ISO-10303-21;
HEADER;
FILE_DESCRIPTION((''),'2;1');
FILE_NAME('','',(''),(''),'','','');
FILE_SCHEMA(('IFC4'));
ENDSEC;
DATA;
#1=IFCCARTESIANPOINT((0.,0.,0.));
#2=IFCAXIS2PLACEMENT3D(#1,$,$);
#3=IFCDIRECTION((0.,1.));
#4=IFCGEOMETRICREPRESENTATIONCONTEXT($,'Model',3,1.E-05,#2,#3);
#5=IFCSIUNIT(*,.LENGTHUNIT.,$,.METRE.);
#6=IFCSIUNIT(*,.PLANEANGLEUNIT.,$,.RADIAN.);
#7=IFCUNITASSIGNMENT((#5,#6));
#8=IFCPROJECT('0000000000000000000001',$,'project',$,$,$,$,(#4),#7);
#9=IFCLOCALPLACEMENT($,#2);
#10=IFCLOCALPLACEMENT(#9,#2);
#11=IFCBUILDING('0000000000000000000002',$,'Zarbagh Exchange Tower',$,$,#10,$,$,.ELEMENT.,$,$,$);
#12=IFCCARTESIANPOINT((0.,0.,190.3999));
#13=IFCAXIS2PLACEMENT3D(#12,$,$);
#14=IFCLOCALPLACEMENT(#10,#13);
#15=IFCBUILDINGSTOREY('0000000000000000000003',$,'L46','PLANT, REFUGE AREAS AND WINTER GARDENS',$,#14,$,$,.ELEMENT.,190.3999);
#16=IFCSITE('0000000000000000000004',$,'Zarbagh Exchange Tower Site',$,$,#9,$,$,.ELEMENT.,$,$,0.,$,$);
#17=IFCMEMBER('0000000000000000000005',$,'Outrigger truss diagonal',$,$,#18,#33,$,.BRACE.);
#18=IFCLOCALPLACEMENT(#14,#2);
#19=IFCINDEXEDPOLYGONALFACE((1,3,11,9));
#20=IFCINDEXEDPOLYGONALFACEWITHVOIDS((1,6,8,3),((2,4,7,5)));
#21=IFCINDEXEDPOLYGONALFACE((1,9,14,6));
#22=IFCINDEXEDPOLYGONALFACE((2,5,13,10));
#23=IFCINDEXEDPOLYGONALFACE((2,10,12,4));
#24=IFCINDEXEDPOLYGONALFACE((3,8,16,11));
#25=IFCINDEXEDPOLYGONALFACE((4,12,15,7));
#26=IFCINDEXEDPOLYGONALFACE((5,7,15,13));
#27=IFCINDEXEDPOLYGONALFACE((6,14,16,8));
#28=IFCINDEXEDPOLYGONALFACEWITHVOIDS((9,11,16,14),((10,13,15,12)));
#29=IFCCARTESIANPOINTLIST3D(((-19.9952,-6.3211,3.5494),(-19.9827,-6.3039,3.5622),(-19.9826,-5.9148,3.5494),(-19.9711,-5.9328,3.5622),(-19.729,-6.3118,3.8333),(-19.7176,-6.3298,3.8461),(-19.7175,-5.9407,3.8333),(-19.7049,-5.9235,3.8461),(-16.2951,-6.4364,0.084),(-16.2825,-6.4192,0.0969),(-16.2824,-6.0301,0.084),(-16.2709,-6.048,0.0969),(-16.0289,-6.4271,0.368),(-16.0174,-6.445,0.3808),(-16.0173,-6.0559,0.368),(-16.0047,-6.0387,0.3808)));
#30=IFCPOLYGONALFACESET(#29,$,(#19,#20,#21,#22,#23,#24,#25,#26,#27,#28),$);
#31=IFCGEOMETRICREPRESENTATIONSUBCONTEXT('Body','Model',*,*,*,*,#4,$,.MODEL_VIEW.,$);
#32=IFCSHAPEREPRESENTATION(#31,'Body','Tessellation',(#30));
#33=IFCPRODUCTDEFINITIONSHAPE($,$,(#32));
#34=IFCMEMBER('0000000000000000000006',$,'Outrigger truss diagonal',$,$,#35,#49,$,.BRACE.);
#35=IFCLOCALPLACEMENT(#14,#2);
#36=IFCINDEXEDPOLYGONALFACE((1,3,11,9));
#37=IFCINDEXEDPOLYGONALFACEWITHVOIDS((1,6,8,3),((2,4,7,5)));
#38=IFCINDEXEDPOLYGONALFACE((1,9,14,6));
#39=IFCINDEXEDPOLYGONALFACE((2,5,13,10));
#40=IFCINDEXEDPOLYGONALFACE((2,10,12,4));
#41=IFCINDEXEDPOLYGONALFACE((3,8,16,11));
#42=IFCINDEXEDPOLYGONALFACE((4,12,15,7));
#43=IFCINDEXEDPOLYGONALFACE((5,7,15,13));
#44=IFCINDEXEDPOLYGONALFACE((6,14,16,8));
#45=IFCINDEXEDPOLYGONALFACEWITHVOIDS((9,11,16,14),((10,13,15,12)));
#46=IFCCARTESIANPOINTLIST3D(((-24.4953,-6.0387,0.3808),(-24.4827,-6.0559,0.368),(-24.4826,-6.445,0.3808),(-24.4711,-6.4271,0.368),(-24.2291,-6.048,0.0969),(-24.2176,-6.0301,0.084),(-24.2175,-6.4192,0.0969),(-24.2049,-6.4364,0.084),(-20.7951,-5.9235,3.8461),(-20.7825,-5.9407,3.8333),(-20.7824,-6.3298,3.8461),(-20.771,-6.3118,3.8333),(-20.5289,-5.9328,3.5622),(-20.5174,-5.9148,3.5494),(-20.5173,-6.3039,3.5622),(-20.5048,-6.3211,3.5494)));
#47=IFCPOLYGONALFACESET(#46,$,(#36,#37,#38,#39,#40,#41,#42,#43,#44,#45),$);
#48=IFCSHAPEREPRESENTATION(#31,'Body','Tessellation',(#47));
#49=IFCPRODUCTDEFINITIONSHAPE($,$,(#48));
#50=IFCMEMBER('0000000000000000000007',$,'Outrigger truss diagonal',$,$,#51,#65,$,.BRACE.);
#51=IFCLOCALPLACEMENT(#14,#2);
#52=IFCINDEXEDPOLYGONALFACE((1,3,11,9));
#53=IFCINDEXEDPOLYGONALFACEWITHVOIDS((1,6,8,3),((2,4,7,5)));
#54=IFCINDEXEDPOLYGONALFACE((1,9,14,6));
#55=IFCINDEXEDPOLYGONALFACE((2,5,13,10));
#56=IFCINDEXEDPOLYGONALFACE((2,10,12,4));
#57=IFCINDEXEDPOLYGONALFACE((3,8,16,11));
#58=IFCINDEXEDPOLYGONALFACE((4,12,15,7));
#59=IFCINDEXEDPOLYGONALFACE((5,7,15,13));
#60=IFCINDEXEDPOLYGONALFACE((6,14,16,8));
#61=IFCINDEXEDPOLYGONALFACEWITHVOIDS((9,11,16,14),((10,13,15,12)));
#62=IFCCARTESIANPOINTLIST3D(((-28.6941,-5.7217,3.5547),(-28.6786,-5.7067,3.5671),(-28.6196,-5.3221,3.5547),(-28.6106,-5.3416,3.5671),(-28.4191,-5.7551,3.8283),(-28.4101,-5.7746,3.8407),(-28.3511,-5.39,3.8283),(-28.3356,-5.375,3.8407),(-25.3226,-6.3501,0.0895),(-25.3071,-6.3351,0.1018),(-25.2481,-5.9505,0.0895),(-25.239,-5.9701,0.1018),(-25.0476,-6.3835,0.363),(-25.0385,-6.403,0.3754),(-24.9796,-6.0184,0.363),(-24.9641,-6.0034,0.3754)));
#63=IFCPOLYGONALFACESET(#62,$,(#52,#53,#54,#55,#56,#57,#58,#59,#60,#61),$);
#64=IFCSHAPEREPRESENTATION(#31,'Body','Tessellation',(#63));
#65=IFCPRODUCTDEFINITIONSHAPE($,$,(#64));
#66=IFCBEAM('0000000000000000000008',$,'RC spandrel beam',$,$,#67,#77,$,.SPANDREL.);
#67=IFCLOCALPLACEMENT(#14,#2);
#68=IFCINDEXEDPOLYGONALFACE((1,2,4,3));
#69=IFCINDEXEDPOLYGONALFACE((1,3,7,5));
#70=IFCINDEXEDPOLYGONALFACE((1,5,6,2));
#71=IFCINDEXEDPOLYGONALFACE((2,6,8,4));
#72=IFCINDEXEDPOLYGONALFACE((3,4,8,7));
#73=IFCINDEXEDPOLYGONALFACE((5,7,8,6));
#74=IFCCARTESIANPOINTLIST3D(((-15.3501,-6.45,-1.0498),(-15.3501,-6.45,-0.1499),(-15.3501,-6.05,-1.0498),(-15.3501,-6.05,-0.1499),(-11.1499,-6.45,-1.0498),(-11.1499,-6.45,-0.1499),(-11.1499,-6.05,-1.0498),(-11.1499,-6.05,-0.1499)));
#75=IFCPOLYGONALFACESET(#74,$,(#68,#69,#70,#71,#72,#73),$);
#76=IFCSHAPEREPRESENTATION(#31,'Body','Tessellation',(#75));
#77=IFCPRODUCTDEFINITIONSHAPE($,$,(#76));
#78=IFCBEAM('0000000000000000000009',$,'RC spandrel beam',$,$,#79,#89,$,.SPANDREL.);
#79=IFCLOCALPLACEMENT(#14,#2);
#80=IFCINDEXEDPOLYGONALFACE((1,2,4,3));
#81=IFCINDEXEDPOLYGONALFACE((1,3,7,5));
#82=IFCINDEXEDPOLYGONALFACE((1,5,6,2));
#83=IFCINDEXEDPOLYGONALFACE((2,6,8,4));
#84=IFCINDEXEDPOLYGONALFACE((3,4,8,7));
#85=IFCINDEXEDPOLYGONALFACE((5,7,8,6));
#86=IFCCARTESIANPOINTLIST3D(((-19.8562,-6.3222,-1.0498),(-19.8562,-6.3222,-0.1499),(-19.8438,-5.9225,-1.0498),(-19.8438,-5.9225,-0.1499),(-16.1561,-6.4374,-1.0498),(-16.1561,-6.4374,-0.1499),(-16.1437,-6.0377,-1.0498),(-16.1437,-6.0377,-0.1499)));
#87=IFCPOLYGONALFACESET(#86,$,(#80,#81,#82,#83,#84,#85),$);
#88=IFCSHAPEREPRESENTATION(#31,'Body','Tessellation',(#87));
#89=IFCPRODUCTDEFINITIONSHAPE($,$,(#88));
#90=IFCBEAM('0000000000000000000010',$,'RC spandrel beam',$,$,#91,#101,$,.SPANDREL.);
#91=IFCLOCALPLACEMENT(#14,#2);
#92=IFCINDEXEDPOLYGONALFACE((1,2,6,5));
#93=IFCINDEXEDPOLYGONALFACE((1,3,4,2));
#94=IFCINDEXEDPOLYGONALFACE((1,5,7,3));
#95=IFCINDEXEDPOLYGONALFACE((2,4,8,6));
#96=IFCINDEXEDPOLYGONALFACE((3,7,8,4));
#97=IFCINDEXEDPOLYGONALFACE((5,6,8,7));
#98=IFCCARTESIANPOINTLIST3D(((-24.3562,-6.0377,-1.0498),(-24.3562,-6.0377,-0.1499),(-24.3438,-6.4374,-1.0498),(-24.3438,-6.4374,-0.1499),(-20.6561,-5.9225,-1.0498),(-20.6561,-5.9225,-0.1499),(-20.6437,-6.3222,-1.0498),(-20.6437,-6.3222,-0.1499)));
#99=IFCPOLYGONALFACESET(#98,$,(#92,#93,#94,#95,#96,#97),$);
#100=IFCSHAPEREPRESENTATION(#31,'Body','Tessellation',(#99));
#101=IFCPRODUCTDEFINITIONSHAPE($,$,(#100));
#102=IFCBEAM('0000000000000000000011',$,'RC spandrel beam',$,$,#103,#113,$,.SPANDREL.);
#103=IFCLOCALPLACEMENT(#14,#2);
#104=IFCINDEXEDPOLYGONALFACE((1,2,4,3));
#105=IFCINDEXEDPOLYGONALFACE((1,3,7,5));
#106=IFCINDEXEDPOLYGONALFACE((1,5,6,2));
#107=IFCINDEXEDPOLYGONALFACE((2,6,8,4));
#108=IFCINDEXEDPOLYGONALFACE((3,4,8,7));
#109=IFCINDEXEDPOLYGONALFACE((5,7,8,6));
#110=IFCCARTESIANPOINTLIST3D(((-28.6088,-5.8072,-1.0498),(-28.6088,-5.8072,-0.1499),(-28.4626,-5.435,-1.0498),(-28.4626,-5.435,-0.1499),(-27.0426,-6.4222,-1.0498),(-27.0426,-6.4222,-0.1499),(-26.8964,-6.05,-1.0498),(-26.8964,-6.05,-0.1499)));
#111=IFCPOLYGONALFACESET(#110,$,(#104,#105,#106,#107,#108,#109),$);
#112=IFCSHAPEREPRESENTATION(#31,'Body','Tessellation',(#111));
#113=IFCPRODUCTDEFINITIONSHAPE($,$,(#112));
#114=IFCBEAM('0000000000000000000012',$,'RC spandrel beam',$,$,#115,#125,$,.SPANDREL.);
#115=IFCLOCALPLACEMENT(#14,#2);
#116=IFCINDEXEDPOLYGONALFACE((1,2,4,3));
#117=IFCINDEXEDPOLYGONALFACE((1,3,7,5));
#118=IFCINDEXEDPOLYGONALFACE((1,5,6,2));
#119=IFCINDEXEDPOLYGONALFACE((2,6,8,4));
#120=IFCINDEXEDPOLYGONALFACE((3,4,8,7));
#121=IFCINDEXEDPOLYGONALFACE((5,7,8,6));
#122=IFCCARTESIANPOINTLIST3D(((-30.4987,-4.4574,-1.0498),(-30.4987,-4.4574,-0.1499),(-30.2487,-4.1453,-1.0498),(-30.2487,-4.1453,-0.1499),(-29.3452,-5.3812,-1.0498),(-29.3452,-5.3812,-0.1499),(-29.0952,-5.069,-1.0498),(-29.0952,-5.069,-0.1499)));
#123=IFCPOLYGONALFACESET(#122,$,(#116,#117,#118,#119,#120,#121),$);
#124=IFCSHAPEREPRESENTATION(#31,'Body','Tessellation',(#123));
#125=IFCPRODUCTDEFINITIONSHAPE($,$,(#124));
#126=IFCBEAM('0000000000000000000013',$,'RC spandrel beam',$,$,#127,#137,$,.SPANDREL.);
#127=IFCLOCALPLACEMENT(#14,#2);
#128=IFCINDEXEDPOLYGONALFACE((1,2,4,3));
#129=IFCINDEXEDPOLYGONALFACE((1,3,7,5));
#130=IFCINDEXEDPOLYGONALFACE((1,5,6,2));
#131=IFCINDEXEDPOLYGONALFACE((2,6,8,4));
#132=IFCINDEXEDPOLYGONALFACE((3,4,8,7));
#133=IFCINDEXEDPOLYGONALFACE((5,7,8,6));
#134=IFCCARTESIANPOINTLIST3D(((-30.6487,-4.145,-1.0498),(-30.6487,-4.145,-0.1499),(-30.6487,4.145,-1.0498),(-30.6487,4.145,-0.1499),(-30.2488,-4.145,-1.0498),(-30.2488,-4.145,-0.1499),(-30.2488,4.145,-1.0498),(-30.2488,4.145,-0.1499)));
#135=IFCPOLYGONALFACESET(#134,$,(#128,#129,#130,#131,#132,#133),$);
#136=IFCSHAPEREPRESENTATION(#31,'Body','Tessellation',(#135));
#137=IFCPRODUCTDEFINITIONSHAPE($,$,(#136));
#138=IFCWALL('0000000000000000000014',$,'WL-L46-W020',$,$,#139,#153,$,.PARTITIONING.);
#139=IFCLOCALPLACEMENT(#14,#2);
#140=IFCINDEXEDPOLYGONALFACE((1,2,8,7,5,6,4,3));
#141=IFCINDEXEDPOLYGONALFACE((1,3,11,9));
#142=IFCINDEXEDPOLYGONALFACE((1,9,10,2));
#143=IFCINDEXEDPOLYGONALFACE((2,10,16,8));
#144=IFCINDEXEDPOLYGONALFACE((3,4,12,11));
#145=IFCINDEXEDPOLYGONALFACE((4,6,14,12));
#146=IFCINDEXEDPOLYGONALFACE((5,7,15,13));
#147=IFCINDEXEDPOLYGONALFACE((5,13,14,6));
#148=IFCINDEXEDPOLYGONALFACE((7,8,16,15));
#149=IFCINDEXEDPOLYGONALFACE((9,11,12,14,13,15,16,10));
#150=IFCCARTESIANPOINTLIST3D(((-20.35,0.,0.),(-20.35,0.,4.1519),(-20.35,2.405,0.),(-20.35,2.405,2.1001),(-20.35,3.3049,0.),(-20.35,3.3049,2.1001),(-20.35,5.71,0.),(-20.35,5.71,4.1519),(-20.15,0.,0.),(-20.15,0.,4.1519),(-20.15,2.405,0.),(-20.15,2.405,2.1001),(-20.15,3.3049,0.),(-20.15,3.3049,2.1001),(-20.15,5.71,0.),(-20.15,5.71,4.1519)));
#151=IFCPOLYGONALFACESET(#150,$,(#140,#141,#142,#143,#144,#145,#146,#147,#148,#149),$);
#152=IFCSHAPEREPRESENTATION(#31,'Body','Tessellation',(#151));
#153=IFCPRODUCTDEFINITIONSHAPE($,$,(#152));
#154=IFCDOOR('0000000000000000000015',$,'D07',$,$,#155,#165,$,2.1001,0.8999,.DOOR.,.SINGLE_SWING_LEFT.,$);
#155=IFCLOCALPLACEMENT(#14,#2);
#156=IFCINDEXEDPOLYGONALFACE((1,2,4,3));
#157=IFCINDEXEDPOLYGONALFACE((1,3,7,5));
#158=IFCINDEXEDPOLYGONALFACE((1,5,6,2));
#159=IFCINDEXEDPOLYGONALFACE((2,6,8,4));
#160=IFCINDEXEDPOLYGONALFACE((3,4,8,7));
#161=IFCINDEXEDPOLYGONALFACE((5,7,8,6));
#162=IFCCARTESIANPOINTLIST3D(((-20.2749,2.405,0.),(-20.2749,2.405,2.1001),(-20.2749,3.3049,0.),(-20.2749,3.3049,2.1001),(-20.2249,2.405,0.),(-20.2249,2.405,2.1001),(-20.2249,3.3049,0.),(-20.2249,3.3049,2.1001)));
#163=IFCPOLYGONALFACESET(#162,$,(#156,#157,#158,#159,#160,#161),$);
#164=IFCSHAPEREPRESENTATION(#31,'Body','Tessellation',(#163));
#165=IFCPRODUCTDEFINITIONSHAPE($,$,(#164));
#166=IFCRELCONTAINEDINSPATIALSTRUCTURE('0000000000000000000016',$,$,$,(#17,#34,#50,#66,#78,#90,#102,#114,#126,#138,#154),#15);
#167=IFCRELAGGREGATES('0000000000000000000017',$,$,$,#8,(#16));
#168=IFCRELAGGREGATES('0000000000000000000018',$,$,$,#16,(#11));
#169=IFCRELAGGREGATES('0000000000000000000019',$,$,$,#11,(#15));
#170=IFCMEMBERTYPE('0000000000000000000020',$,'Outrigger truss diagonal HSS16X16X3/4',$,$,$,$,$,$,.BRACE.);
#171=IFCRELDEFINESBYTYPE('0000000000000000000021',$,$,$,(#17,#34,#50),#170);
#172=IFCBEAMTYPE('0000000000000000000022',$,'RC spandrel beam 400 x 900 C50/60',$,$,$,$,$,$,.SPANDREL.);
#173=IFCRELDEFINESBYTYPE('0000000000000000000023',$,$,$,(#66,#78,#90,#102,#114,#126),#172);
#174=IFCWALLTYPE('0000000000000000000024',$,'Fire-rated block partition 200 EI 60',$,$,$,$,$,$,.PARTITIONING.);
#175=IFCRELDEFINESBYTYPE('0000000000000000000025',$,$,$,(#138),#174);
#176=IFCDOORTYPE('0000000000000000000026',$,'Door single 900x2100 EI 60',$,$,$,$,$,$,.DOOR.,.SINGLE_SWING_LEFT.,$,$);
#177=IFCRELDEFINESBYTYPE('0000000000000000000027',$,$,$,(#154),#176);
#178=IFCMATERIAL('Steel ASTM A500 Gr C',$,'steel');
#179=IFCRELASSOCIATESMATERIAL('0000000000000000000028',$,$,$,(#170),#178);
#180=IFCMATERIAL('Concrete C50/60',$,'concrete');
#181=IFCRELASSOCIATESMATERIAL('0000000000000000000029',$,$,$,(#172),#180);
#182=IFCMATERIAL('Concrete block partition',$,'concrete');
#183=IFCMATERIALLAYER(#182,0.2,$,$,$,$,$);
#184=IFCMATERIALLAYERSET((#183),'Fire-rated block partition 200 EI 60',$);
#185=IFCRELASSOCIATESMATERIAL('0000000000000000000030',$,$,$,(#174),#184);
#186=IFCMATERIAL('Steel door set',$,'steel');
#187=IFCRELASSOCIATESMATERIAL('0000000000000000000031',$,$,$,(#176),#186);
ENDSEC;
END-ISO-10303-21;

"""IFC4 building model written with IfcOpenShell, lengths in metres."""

from ifc_helpers import new_model, si_unit, direction, frame, frame_2d, origin, origin_2d, place, context, subcontext, project, spatial, rectangle, hollow_rectangle, extrude, material, layer, layer_set, material_profile, profile_set, type_object, element, fill, save


model = new_model("IFC4")

# Units and contexts
model_context = context("Model", 3, precision=1e-05, world=origin(), true_north=direction((0.0, 1.0)))
body_context = subcontext(model_context, "Body", "Model", "MODEL_VIEW")
ifc_project = project(units=[si_unit("LENGTHUNIT", "METRE"), si_unit("PLANEANGLEUNIT", "RADIAN")], contexts=[model_context])

# Site, building, storey
site_placement = place(None, origin())
site = spatial("IfcSite", under=ifc_project, at=site_placement, Name="Zarbagh Exchange Tower Site", CompositionType="ELEMENT", RefElevation=0.0)
building_placement = place(site_placement, origin())
building = spatial("IfcBuilding", under=site, at=building_placement, Name="Zarbagh Exchange Tower", CompositionType="ELEMENT")
storey_placement = place(building_placement, frame((0.0, 0.0, 190.3999)))
storey = spatial("IfcBuildingStorey", under=building, at=storey_placement, Name="L46", Description="PLANT, REFUGE AREAS AND WINTER GARDENS", CompositionType="ELEMENT", Elevation=190.3999)

# Shared definitions
ifc_material_1 = material(Name="Concrete C50/60", Category="concrete")

# Members
ifc_material_2 = material(Name="Steel ASTM A500 Gr C", Category="steel")
ifc_material_profile_1 = material_profile(ifc_material_2, hollow_rectangle(XDim=0.4065, YDim=0.4065, WallThickness=0.0176, at=origin_2d()), Name="HSS16X16X3/4")
ifc_profile_set_1 = profile_set([ifc_material_profile_1], Name="Steel ASTM A500 Gr C")
member_type_1 = type_object("IfcMemberType", Name="Outrigger truss diagonal HSS16X16X3/4", PredefinedType="BRACE", material=ifc_profile_set_1)
for number, where, z_axis, x_axis, name in (
    (1, (-16.1499, -6.2375, 0.2324), (-0.729703, 0.022725, 0.683386), (-0.031128, -0.999515, 0.0), "Outrigger truss diagonal"),
    (2, (-24.3501, -6.2375, 0.2324), (0.729703, 0.022725, 0.683386), (-0.031128, 0.999515, 0.0), "Outrigger truss diagonal"),
):
    element("IfcMember", number, at=place(storey_placement, frame(where, z_axis=z_axis, x_axis=x_axis)), inside=storey, type_object=member_type_1, Name=name, PredefinedType="BRACE", context=body_context, shape_type="SweptSolid", body=[
        extrude(hollow_rectangle(XDim=0.4065, YDim=0.4065, WallThickness=0.0176, at=origin_2d()), origin(), (0.0, 0.0, 1.0), 5.0708),
    ])
member_placement = place(storey_placement, frame((-25.1433, -6.1768, 0.2324), z_axis=(-0.691528, 0.128892, 0.710757), x_axis=(-0.183231, -0.98307, 0.0)))
element("IfcMember", 3, at=member_placement, inside=storey, type_object=member_type_1, Name="Outrigger truss diagonal", PredefinedType="BRACE", context=body_context, shape_type="SweptSolid", body=[
    extrude(hollow_rectangle(XDim=0.4065, YDim=0.4065, WallThickness=0.0176, at=origin_2d()), origin(), (0.0, 0.0, 1.0), 4.8755),
])

# Beams
ifc_material_profile_2 = material_profile(ifc_material_1, rectangle(XDim=0.3999, YDim=0.8999, at=origin_2d()), Name="RC spandrel beam 400 x 900 C50/60")
ifc_profile_set_2 = profile_set([ifc_material_profile_2], Name="Concrete C50/60")
beam_type_1 = type_object("IfcBeamType", Name="RC spandrel beam 400 x 900 C50/60", PredefinedType="SPANDREL", material=ifc_profile_set_2)
beam_1_placement = place(storey_placement, frame((-11.1499, -6.25, -0.5999), z_axis=(-1.0, 0.0, 0.0), x_axis=(0.0, -1.0, 0.0)))
element("IfcBeam", 4, at=beam_1_placement, inside=storey, type_object=beam_type_1, Name="RC spandrel beam", PredefinedType="SPANDREL", context=body_context, shape_type="SweptSolid", body=[
    extrude(rectangle(XDim=0.3999, YDim=0.8999, at=origin_2d()), origin(), (0.0, 0.0, 1.0), 4.2002),
])
for number, where, z_axis, x_axis, name in (
    (5, (-16.1499, -6.2375, -0.5999), (-0.999515, 0.031128, 0.0), (-0.031128, -0.999515, 0.0), "RC spandrel beam"),
    (6, (-20.6499, -6.1223, -0.5999), (-0.999515, -0.031128, 0.0), (0.031128, -0.999515, 0.0), "RC spandrel beam"),
):
    element("IfcBeam", number, at=place(storey_placement, frame(where, z_axis=z_axis, x_axis=x_axis)), inside=storey, type_object=beam_type_1, Name=name, PredefinedType="SPANDREL", context=body_context, shape_type="SweptSolid", body=[
        extrude(rectangle(XDim=0.3999, YDim=0.8999, at=origin_2d()), origin(), (0.0, 0.0, 1.0), 3.7019),
    ])
beam_2_placement = place(storey_placement, frame((-26.9695, -6.2361, -0.5999), z_axis=(-0.93081, 0.365504, 0.0), x_axis=(-0.365504, -0.93081, 0.0)))
element("IfcBeam", 7, at=beam_2_placement, inside=storey, type_object=beam_type_1, Name="RC spandrel beam", PredefinedType="SPANDREL", context=body_context, shape_type="SweptSolid", body=[
    extrude(rectangle(XDim=0.3999, YDim=0.8999, at=origin_2d()), origin(), (0.0, 0.0, 1.0), 1.6826),
])
beam_3_placement = place(storey_placement, frame((-29.2202, -5.2251, -0.5999), z_axis=(-0.780546, 0.625098, 0.0), x_axis=(-0.625098, -0.780546, 0.0)))
element("IfcBeam", 8, at=beam_3_placement, inside=storey, type_object=beam_type_1, Name="RC spandrel beam", PredefinedType="SPANDREL", context=body_context, shape_type="SweptSolid", body=[
    extrude(rectangle(XDim=0.3999, YDim=0.8999, at=origin_2d()), origin(), (0.0, 0.0, 1.0), 1.4778),
])
beam_4_placement = place(storey_placement, frame((-30.4487, -4.145, -0.5999), z_axis=(0.0, 1.0, 0.0), x_axis=(-1.0, 0.0, 0.0)))
element("IfcBeam", 9, at=beam_4_placement, inside=storey, type_object=beam_type_1, Name="RC spandrel beam", PredefinedType="SPANDREL", context=body_context, shape_type="SweptSolid", body=[
    extrude(rectangle(XDim=0.3999, YDim=0.8999, at=origin_2d()), origin(), (0.0, 0.0, 1.0), 8.29),
])

# Wall, opening, door
ifc_material_3 = material(Name="Concrete block partition", Category="concrete")
ifc_layer = layer(ifc_material_3, 0.2)
ifc_layer_set = layer_set([ifc_layer], Name="Fire-rated block partition 200 EI 60")
wall_type = type_object("IfcWallType", Name="Fire-rated block partition 200 EI 60", PredefinedType="PARTITIONING", material=ifc_layer_set)
wall_1_placement = place(storey_placement, frame((-20.25, 0.0, 0.0), z_axis=(0.0, 0.0, 1.0), x_axis=(0.0, 1.0, 0.0)))
wall_1 = element("IfcWall", 10, at=wall_1_placement, inside=storey, type_object=wall_type, Name="WL-L46-W020", PredefinedType="PARTITIONING", context=body_context, shape_type="SweptSolid", body=[
    extrude(rectangle(XDim=5.71, YDim=0.2, at=frame_2d((2.855, 0.0))), origin(), (0.0, 0.0, 1.0), 4.1519),
])
opening_1_placement = place(wall_1_placement, frame((2.405, 0.0, 0.0)))
opening_1 = element("IfcOpeningElement", 11, at=opening_1_placement, cuts=wall_1, PredefinedType="OPENING", context=body_context, shape_type="SweptSolid", body=[
    extrude(rectangle(XDim=0.8999, YDim=2.1001, at=frame_2d((0.45, 1.05))), frame((0.0, 0.1099, 0.0), z_axis=(0.0, -1.0, 0.0), x_axis=(1.0, 0.0, 0.0)), (0.0, 0.0, 1.0), 0.22),
])
ifc_material_4 = material(Name="Steel door set", Category="steel")
door_type = type_object("IfcDoorType", Name="Door single 900x2100 EI 60", OperationType="SINGLE_SWING_LEFT", PredefinedType="DOOR", material=ifc_material_4)
door_1_placement = place(opening_1_placement, origin())
door_1 = element("IfcDoor", 12, at=door_1_placement, inside=storey, type_object=door_type, Name="D07", OperationType="SINGLE_SWING_LEFT", OverallHeight=2.1001, OverallWidth=0.8999, PredefinedType="DOOR", context=body_context, shape_type="SweptSolid", body=[
    extrude(rectangle(XDim=0.8999, YDim=2.1001, at=frame_2d((0.45, 1.05))), frame((0.0, 0.0249, 0.0), z_axis=(0.0, -1.0, 0.0), x_axis=(1.0, 0.0, 0.0)), (0.0, 0.0, 1.0), 0.05),
])
fill(opening_1, door_1)

save(model, "model.ifc")
